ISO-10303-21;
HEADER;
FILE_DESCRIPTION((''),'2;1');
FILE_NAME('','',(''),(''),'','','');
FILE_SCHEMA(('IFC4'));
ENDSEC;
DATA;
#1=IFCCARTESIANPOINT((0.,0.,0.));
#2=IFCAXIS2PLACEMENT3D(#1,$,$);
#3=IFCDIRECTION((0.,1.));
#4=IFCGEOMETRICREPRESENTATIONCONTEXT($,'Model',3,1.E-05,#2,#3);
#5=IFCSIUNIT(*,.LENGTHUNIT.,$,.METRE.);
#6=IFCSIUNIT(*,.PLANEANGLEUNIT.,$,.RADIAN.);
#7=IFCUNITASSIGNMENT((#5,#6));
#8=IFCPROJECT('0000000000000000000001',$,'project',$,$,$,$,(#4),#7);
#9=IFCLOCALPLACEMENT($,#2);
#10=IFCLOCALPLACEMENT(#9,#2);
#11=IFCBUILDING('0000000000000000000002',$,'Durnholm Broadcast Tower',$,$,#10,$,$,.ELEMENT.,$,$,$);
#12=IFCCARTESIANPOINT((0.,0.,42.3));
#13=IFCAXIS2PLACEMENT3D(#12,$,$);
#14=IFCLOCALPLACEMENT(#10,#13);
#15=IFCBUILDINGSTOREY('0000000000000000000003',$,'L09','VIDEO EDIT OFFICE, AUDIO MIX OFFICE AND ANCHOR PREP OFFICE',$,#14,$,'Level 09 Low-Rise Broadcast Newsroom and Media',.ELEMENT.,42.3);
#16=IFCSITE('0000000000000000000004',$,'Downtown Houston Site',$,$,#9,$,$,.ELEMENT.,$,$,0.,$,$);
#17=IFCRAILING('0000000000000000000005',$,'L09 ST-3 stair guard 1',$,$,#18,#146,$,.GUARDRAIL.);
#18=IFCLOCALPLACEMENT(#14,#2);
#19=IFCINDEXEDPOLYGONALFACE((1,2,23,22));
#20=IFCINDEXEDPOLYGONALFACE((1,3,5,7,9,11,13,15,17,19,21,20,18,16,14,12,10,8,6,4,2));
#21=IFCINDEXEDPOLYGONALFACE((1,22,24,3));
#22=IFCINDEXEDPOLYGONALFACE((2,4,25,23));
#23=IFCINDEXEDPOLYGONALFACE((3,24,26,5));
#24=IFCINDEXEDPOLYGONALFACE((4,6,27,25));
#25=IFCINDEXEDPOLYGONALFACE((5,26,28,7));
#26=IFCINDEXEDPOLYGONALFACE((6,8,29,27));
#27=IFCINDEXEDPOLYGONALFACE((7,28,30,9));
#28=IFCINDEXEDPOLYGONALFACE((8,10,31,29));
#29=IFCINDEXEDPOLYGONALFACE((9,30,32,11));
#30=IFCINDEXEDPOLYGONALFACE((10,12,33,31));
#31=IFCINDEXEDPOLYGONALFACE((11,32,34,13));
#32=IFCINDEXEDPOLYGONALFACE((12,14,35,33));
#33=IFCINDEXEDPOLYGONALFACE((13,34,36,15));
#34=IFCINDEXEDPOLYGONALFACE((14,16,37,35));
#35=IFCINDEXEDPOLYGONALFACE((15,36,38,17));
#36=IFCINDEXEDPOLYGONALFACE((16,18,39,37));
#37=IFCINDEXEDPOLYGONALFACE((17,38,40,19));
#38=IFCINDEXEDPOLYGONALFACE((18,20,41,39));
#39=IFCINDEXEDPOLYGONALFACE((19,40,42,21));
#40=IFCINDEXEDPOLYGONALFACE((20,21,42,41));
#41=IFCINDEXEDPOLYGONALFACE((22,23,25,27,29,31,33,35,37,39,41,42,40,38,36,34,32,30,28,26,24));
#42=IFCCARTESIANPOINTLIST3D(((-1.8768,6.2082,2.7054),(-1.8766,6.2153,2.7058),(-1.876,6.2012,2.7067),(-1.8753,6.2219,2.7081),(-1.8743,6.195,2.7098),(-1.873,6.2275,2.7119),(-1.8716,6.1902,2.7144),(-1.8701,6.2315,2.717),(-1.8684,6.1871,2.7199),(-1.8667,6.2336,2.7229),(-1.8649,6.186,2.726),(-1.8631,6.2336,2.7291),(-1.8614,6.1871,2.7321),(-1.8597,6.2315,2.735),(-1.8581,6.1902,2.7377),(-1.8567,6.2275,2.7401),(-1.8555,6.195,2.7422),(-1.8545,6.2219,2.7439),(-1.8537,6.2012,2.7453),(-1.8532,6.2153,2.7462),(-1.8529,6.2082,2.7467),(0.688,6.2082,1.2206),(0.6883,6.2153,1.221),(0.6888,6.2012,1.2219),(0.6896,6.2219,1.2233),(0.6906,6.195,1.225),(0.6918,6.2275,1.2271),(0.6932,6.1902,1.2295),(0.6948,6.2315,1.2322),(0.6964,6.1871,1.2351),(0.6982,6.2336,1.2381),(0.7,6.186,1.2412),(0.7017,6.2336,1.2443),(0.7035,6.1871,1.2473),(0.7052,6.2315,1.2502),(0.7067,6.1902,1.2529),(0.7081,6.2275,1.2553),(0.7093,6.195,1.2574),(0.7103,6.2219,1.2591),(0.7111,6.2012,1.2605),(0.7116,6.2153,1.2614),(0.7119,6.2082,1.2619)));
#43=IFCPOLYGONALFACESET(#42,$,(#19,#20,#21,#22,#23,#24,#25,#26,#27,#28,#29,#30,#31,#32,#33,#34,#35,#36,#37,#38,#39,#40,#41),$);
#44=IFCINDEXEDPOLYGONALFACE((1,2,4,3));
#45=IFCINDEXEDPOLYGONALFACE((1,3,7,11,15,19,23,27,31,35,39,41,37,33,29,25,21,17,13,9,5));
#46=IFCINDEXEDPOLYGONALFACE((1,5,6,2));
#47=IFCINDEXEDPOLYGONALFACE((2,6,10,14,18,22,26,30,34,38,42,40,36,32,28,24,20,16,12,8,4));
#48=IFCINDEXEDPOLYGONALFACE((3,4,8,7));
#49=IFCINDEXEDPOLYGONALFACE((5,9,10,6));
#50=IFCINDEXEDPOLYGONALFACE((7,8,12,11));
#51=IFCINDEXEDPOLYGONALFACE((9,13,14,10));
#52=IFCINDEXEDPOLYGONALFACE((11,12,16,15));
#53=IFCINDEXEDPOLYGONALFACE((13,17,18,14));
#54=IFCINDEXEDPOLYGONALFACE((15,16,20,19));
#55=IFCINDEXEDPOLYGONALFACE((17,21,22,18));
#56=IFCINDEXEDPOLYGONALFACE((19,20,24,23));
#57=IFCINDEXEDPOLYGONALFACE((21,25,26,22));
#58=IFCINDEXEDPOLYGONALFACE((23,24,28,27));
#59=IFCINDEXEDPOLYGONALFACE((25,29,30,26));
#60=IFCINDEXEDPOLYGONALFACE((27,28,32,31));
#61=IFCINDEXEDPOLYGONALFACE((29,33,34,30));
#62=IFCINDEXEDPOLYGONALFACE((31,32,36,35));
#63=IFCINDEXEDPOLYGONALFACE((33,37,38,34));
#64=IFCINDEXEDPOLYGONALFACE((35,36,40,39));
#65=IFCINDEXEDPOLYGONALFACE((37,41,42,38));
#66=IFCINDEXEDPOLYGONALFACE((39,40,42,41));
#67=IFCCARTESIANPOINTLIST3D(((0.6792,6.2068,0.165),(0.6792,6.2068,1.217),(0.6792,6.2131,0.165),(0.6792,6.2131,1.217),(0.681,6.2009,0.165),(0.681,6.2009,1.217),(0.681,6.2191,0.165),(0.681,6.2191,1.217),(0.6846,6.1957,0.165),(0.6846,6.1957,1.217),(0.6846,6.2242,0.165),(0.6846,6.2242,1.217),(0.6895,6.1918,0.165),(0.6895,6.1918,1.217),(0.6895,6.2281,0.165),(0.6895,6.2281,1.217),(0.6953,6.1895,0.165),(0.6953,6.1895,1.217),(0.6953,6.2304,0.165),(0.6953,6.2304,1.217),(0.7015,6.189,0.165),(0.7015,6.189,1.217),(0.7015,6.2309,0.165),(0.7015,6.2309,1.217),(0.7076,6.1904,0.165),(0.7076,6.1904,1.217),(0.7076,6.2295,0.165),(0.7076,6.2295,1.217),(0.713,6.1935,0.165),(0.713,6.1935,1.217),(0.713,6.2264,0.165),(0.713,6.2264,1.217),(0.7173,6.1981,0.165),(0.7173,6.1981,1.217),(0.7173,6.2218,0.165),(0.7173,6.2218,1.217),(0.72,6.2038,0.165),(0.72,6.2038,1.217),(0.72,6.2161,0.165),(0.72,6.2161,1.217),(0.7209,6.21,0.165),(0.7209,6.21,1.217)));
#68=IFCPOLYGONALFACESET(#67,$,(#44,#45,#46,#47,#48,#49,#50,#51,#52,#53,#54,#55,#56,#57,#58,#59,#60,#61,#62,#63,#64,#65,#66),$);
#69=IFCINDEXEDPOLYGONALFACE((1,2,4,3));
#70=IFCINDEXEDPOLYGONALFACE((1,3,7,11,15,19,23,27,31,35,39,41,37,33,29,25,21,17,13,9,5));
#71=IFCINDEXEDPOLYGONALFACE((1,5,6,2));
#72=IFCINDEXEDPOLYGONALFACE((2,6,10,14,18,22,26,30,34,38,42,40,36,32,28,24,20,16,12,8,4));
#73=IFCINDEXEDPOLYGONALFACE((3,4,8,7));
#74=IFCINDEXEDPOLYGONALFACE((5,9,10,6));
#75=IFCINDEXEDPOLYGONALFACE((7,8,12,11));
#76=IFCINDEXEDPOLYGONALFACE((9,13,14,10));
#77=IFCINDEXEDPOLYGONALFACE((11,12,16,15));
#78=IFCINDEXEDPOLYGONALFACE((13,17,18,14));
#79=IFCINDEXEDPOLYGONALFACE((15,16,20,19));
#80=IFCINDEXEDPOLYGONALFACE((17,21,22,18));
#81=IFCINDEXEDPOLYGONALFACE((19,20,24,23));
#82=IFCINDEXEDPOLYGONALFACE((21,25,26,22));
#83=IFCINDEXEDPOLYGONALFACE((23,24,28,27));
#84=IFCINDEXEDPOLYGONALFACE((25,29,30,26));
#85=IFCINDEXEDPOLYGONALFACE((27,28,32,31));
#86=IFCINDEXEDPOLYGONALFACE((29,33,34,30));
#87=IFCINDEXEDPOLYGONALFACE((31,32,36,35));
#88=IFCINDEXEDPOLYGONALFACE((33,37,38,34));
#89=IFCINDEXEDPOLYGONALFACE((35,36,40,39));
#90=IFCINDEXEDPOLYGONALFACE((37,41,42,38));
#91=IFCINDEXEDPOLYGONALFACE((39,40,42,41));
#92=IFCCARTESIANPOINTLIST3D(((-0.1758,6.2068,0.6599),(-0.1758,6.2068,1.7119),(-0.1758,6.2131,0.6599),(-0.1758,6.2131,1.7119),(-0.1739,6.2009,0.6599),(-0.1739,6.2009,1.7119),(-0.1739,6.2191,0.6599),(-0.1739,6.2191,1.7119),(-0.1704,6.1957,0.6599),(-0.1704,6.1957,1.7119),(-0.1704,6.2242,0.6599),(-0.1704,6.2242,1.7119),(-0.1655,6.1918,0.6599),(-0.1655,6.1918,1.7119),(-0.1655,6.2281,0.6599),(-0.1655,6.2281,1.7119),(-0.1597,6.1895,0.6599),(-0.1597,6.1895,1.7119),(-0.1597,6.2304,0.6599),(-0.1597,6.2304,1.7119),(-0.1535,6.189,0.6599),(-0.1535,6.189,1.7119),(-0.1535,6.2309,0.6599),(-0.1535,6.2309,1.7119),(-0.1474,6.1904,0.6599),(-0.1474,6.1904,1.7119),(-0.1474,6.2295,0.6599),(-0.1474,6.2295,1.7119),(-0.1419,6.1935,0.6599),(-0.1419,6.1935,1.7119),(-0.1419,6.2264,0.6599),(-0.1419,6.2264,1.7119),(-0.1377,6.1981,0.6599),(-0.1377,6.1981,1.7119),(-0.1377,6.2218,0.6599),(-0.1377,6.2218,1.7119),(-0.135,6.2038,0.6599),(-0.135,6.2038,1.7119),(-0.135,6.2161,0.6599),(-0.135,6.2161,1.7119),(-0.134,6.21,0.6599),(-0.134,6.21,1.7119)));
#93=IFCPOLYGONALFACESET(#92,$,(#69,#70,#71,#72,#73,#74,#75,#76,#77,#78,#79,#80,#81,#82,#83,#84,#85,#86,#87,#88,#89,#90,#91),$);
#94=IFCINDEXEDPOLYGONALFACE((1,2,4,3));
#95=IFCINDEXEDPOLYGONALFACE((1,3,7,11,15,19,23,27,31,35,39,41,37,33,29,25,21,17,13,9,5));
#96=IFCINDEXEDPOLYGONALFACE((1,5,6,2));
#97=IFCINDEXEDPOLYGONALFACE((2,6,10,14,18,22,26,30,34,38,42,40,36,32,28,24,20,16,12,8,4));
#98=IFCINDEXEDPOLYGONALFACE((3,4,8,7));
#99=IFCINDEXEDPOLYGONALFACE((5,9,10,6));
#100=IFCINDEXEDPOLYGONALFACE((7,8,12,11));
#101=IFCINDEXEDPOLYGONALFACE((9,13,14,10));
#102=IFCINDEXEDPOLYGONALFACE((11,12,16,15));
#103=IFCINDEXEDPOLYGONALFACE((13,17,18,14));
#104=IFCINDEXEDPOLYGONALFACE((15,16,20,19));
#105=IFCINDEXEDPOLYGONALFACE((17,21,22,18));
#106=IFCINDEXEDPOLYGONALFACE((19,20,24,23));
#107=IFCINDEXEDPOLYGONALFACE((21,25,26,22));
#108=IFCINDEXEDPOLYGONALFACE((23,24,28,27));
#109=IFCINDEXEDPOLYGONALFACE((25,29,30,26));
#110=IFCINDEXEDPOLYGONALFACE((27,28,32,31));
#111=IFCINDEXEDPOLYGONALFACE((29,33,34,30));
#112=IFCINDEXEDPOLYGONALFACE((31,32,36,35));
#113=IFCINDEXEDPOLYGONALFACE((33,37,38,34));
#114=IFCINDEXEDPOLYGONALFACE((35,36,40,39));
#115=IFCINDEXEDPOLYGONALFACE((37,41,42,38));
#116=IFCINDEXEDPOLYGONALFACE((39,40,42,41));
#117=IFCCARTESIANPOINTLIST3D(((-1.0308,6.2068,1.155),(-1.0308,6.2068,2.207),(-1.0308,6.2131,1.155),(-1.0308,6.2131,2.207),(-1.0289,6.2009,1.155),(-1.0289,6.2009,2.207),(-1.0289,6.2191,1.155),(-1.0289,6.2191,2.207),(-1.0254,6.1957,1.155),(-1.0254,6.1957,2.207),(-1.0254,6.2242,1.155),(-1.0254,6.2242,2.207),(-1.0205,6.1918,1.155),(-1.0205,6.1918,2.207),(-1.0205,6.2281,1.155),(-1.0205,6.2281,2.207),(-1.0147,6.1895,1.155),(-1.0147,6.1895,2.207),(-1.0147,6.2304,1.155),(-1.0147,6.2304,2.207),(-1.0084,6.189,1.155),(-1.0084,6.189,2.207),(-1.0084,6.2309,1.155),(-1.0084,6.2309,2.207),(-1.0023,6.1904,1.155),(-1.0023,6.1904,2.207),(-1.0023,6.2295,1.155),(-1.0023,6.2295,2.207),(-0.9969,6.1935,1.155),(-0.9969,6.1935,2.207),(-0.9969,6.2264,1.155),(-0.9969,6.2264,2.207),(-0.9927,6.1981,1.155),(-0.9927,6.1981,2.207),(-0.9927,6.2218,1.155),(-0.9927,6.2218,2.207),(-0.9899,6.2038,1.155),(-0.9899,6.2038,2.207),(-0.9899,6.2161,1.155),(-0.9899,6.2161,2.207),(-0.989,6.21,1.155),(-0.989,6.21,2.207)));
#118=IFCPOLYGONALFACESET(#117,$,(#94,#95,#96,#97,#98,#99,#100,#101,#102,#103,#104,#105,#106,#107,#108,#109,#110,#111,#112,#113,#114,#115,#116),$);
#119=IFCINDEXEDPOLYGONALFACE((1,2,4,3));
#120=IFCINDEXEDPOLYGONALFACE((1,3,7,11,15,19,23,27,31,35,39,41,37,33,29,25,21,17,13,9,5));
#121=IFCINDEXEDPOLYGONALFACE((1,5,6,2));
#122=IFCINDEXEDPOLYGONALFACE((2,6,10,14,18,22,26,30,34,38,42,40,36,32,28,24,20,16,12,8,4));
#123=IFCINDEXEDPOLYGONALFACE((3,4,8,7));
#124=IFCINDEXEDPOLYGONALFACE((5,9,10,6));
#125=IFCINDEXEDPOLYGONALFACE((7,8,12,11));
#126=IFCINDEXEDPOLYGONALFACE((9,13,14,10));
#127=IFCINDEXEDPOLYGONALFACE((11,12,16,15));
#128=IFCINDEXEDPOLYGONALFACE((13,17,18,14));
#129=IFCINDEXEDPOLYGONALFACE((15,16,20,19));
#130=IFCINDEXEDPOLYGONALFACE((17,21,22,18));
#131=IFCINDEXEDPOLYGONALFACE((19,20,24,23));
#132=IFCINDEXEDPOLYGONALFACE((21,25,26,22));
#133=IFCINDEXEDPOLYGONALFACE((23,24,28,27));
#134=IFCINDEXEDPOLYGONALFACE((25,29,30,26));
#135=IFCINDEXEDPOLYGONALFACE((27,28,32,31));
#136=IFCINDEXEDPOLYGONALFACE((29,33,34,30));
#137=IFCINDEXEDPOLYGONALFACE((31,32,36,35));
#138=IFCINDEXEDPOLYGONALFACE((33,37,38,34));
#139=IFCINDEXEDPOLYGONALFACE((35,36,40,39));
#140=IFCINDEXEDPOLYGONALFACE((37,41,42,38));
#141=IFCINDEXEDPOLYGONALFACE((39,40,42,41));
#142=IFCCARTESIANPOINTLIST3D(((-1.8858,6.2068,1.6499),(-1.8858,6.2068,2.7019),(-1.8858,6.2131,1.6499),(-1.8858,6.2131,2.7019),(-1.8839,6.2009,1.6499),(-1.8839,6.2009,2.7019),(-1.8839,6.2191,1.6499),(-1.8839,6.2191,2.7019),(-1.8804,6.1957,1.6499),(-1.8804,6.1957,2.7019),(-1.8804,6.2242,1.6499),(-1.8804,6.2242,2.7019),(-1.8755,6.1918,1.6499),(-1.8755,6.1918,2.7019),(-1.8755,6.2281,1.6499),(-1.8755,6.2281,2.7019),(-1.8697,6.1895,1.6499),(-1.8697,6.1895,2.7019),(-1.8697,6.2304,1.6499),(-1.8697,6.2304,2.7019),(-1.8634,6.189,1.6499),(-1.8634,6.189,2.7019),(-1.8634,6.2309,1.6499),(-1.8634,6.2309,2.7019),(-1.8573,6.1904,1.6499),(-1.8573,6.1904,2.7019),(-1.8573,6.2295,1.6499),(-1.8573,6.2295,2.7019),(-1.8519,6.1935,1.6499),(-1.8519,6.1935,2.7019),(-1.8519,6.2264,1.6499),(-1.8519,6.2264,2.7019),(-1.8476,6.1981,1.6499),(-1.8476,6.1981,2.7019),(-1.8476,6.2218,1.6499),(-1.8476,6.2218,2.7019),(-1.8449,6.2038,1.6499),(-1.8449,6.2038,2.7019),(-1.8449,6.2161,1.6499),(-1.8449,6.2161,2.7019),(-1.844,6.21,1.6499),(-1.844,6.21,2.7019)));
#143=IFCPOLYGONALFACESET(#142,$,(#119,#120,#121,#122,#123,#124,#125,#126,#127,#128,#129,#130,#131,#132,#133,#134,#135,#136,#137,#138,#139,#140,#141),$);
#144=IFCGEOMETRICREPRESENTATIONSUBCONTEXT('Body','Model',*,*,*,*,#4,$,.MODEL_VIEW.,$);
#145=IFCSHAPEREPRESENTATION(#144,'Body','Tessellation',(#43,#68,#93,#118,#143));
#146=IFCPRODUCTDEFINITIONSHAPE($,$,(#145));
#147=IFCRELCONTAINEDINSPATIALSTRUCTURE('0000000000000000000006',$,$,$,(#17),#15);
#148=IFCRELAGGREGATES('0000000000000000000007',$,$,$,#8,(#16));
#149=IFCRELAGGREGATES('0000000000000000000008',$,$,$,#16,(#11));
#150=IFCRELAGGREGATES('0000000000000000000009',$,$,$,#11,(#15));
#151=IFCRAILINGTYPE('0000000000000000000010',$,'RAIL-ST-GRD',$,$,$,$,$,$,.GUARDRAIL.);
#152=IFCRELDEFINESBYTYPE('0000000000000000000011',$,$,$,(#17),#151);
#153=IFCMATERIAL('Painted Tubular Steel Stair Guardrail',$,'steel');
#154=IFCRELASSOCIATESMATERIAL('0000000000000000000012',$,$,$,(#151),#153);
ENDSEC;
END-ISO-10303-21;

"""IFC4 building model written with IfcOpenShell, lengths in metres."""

from ifc_helpers import new_model, si_unit, direction, frame, origin, origin_2d, place, context, subcontext, project, spatial, circle, extrude, material, type_object, element, save


model = new_model("IFC4")

# Units and contexts
model_context = context("Model", 3, precision=1e-05, world=origin(), true_north=direction((0.0, 1.0)))
body_context = subcontext(model_context, "Body", "Model", "MODEL_VIEW")
ifc_project = project(units=[si_unit("LENGTHUNIT", "METRE"), si_unit("PLANEANGLEUNIT", "RADIAN")], contexts=[model_context])

# Site, building, storey
site_placement = place(None, origin())
site = spatial("IfcSite", under=ifc_project, at=site_placement, Name="Downtown Houston Site", CompositionType="ELEMENT", RefElevation=0.0)
building_placement = place(site_placement, origin())
building = spatial("IfcBuilding", under=site, at=building_placement, Name="Durnholm Broadcast Tower", CompositionType="ELEMENT")
storey_placement = place(building_placement, frame((0.0, 0.0, 42.3)))
storey = spatial("IfcBuildingStorey", under=building, at=storey_placement, Name="L09", Description="VIDEO EDIT OFFICE, AUDIO MIX OFFICE AND ANCHOR PREP OFFICE", LongName="Level 09 Low-Rise Broadcast Newsroom and Media", CompositionType="ELEMENT", Elevation=42.3)

# Railing
ifc_material_1 = material(Name="Painted Tubular Steel Stair Guardrail", Category="steel")
railing_type_1 = type_object("IfcRailingType", Name="RAIL-ST-GRD", PredefinedType="GUARDRAIL", material=ifc_material_1)
railing_1_placement = place(storey_placement, frame((0.7, 6.21, 0.165)))
element("IfcRailing", 1, at=railing_1_placement, inside=storey, type_object=railing_type_1, Name="L09 ST-3 stair guard 1", PredefinedType="GUARDRAIL", context=body_context, shape_type="SweptSolid", body=[
    extrude(circle(Radius=0.0239, at=origin_2d()), frame((0.0, 0.0, 1.0762), z_axis=(-0.865441, 0.0, 0.50101), x_axis=(0.0, -1.0, 0.0)), (0.0, 0.0, 1.0), 2.9636),
    extrude(circle(Radius=0.021, at=origin_2d()), origin(), (0.0, 0.0, 1.0), 1.052),
    extrude(circle(Radius=0.021, at=origin_2d()), frame((-0.855, 0.0, 0.4949)), (0.0, 0.0, 1.0), 1.052),
    extrude(circle(Radius=0.021, at=origin_2d()), frame((-1.71, 0.0, 0.99)), (0.0, 0.0, 1.0), 1.052),
    extrude(circle(Radius=0.021, at=origin_2d()), frame((-2.5649, 0.0, 1.4849)), (0.0, 0.0, 1.0), 1.052),
])

save(model, "model.ifc")
